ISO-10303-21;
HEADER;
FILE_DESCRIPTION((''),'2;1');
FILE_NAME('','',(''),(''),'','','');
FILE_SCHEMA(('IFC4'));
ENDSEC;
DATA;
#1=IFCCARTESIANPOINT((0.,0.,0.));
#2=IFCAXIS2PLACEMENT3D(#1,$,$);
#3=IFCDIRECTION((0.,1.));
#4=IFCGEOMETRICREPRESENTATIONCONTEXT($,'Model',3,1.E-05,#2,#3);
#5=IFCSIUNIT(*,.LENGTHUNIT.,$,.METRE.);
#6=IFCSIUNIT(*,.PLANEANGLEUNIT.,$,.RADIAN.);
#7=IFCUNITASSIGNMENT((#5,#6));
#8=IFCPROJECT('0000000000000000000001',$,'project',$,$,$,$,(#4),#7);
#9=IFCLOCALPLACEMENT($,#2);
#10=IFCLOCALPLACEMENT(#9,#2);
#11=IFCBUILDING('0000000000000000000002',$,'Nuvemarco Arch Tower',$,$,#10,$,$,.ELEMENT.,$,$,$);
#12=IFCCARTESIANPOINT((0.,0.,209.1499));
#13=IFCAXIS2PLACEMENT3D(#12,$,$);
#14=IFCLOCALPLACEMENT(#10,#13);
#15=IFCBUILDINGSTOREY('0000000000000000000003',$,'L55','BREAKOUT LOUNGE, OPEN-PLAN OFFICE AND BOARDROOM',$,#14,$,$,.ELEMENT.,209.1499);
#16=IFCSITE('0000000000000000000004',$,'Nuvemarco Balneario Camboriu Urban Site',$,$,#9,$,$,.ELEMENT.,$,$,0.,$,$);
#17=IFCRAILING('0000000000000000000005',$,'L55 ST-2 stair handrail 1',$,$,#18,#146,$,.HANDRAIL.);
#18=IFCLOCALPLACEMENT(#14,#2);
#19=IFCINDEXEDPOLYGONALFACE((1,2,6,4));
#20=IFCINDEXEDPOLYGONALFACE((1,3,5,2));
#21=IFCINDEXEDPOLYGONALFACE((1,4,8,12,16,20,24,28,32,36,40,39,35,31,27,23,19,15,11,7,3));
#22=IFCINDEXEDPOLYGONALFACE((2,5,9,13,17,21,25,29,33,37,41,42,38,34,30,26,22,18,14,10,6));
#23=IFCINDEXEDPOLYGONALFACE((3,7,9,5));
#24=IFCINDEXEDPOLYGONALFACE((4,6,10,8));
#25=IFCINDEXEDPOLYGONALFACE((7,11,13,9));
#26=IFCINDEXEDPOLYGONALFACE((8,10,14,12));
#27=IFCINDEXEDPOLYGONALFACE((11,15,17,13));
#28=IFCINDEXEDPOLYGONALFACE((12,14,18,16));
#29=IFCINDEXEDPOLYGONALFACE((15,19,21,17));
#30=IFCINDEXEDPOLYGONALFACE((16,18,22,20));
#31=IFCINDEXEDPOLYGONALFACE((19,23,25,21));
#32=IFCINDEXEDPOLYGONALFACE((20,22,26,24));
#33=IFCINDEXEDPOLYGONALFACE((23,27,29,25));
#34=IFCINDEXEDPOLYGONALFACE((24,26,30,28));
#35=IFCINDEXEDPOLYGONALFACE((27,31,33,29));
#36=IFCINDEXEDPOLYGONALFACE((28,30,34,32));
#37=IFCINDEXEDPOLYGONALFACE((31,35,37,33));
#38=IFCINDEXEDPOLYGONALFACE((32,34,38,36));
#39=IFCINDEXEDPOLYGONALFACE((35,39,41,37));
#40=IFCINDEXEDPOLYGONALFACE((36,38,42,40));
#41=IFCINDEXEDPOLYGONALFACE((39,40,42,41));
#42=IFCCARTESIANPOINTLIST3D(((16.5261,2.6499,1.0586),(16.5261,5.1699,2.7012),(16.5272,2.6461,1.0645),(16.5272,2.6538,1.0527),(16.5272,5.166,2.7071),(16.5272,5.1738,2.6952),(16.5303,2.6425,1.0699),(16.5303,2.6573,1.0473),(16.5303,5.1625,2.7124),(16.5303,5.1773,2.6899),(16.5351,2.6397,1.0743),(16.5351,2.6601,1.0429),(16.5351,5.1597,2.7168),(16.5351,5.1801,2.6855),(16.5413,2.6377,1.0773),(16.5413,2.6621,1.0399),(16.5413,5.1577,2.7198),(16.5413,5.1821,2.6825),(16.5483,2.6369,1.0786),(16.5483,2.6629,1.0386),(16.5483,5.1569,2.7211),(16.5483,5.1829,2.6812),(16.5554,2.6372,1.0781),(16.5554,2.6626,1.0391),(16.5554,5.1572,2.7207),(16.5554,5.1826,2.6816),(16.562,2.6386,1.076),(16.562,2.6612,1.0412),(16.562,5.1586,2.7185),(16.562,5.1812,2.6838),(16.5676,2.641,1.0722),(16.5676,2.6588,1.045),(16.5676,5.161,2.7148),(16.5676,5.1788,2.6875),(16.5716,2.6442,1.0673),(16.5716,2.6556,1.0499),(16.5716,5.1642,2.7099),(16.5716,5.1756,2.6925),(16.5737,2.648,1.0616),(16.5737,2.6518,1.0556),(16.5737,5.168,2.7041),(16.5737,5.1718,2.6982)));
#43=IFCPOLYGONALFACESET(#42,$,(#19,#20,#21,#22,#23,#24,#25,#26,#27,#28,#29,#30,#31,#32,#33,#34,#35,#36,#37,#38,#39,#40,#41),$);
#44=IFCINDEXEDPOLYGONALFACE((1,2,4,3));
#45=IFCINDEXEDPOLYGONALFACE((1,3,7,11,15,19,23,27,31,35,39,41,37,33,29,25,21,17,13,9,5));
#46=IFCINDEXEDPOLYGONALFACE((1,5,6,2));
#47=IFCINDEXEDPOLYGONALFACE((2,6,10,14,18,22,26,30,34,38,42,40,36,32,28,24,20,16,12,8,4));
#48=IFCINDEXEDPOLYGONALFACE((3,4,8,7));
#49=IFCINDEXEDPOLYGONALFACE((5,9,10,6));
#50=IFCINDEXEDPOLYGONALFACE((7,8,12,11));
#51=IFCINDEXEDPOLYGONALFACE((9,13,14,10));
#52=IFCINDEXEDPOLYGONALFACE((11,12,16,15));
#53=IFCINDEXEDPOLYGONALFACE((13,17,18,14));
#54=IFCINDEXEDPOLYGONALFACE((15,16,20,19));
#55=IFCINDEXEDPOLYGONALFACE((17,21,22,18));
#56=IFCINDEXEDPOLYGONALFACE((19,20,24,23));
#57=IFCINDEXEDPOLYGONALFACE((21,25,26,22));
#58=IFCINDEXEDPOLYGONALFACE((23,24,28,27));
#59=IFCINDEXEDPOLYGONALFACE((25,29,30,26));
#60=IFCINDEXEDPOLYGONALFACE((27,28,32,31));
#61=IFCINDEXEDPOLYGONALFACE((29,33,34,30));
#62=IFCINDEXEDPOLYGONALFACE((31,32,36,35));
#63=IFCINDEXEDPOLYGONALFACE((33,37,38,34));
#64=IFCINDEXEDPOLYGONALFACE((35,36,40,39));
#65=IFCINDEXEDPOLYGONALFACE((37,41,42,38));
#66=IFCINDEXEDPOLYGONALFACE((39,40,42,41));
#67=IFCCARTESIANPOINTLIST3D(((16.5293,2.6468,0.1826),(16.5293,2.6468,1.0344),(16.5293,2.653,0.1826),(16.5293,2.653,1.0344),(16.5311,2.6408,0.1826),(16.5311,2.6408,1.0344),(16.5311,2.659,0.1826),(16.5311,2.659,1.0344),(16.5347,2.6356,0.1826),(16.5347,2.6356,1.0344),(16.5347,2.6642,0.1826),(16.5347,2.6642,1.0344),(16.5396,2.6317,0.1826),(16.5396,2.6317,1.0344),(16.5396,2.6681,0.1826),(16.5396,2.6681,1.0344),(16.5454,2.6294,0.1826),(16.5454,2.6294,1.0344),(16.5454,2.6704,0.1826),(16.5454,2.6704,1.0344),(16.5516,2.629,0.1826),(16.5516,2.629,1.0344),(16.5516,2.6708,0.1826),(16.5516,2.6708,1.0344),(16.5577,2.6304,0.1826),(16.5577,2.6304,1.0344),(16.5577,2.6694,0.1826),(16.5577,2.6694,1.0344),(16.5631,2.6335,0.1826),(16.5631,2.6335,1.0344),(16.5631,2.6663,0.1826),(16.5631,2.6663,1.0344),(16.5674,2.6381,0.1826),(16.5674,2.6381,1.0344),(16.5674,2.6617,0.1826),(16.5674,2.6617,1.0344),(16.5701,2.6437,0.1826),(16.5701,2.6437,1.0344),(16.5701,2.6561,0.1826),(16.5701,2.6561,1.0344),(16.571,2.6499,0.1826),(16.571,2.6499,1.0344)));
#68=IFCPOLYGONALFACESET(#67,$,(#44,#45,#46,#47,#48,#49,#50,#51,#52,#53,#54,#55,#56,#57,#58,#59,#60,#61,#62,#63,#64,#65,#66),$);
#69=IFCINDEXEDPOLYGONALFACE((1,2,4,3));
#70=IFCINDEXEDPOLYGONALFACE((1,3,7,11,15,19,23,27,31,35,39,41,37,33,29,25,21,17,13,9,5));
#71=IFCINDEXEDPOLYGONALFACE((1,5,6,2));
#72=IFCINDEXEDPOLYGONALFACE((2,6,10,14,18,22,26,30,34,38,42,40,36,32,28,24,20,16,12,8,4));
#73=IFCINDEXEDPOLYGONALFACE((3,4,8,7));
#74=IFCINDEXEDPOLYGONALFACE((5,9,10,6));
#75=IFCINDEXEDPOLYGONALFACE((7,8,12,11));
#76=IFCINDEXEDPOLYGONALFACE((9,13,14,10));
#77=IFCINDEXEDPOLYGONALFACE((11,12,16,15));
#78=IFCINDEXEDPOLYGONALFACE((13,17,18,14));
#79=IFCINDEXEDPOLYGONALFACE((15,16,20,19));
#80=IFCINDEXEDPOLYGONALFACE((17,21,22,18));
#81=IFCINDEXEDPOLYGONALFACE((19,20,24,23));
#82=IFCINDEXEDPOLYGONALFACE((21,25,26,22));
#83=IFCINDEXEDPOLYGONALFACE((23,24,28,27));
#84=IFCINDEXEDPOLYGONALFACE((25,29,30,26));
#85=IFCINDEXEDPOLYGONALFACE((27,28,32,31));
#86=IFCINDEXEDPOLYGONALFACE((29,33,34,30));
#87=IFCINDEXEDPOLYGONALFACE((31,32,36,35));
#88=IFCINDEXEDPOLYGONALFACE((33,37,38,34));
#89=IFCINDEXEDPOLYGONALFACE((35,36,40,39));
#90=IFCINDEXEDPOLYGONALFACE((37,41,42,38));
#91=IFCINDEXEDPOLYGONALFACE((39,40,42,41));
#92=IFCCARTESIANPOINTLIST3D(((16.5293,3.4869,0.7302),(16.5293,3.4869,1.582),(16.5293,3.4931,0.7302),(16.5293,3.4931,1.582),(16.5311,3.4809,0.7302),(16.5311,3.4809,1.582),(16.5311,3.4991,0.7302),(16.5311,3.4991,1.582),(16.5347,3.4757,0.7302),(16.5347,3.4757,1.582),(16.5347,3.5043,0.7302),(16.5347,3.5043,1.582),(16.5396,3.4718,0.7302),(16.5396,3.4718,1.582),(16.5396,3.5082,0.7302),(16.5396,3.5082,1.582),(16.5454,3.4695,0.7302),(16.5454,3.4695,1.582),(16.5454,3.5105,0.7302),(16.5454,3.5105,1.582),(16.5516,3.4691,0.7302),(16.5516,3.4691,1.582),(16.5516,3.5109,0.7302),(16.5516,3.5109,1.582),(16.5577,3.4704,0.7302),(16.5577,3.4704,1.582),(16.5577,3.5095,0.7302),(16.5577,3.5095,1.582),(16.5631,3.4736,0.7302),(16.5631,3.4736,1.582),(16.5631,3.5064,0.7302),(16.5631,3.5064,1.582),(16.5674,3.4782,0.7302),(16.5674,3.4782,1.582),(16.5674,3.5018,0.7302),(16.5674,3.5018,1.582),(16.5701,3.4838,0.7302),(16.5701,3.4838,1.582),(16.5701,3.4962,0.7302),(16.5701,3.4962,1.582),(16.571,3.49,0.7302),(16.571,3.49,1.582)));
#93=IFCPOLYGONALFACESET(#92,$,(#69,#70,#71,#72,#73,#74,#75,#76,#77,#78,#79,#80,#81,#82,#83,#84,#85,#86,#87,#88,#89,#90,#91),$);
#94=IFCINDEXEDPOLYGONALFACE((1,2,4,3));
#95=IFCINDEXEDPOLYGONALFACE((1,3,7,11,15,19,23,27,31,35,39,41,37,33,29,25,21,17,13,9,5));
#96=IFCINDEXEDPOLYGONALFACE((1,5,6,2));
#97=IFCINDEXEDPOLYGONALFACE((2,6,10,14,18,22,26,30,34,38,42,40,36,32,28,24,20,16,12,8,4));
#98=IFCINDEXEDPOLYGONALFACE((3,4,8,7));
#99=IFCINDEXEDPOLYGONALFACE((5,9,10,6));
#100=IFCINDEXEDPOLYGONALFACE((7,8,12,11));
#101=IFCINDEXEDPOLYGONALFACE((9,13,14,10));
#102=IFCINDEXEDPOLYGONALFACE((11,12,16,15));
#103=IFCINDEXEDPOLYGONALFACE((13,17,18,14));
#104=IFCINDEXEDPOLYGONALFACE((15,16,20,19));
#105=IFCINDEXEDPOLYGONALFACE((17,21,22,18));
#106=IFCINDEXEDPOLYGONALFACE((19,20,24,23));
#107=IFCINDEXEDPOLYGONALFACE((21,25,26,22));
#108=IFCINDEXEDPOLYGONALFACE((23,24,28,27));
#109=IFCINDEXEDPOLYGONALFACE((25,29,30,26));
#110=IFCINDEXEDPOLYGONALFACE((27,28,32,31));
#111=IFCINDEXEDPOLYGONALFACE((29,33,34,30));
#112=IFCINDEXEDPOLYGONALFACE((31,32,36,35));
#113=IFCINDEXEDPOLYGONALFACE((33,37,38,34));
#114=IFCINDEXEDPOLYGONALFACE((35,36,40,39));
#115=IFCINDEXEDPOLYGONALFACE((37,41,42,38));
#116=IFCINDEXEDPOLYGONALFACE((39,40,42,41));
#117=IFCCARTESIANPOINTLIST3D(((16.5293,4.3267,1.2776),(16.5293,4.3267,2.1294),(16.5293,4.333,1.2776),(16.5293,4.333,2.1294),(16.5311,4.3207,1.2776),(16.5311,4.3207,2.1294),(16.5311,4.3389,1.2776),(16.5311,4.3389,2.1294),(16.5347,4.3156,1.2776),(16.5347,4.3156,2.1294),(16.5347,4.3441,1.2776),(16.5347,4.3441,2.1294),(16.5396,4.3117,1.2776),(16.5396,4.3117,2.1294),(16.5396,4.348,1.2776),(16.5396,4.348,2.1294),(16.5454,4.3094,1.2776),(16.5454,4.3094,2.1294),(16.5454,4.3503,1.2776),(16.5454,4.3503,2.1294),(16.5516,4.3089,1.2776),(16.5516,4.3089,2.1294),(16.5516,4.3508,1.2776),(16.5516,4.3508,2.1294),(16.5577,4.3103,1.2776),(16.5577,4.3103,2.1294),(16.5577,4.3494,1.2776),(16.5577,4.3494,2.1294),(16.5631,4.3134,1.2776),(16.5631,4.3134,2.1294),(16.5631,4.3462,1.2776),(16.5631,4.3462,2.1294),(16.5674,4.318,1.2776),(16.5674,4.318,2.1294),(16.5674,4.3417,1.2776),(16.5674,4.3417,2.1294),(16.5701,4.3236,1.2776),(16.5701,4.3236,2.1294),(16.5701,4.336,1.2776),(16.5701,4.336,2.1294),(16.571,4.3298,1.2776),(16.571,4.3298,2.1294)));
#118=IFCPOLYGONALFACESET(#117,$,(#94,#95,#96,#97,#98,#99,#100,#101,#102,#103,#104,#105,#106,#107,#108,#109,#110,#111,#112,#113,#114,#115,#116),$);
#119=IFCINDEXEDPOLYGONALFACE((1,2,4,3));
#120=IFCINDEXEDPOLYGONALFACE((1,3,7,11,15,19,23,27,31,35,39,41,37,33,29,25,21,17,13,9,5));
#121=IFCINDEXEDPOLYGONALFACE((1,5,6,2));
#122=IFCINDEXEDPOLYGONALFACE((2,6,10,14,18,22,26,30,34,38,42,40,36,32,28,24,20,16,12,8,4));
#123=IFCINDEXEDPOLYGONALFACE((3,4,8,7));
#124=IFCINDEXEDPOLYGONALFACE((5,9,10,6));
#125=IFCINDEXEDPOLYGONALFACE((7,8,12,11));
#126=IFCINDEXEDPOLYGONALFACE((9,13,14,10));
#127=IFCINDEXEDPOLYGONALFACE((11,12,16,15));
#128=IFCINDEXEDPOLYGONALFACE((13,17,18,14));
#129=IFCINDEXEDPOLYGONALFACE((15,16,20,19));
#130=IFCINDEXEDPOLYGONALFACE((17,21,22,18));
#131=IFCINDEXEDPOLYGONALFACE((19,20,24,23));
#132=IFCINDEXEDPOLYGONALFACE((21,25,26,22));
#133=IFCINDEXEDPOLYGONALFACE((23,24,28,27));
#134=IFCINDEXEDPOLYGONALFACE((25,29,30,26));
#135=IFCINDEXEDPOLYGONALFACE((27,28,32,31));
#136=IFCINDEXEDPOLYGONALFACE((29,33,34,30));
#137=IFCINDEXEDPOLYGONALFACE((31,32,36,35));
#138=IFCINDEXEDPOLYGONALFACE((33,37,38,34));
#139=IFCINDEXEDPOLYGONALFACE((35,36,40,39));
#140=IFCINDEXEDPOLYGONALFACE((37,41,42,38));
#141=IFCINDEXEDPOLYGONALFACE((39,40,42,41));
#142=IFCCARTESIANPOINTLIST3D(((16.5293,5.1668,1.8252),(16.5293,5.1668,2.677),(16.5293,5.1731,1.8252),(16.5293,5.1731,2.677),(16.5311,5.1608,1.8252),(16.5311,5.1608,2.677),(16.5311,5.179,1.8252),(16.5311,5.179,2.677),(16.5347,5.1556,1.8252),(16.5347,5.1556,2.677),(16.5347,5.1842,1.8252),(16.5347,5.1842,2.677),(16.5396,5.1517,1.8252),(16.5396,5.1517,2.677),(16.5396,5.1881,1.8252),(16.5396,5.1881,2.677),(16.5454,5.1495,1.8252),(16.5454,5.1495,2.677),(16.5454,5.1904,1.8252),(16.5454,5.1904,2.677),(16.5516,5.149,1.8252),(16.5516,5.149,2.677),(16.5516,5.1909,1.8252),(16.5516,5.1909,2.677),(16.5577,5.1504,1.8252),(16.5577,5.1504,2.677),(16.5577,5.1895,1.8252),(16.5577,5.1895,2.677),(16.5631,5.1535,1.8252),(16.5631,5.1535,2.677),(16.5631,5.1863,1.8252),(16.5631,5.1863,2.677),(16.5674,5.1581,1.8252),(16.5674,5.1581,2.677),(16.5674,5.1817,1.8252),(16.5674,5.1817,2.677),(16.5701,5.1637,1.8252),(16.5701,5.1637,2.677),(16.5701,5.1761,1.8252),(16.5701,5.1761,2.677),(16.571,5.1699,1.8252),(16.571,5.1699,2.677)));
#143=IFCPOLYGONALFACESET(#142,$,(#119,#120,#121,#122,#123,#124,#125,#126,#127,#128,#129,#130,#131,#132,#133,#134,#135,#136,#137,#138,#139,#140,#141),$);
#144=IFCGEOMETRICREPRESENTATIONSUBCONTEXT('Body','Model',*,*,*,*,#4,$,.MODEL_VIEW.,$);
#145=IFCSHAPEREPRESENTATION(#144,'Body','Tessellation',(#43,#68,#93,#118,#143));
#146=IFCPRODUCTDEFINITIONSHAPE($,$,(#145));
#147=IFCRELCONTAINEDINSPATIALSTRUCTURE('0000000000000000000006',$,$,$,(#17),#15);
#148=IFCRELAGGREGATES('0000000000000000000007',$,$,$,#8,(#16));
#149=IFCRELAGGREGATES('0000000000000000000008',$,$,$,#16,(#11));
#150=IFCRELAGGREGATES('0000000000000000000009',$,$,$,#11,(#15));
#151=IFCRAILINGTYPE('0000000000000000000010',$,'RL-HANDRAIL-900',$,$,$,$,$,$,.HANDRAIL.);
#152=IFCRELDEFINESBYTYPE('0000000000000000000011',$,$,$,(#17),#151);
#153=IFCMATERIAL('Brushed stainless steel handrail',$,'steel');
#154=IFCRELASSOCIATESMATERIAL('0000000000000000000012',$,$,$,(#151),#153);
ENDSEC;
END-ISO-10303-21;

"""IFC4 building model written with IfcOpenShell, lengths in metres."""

from ifc_helpers import new_model, si_unit, direction, frame, origin, origin_2d, place, context, subcontext, project, spatial, circle, extrude, material, type_object, element, save


model = new_model("IFC4")

# Units and contexts
model_context = context("Model", 3, precision=1e-05, world=origin(), true_north=direction((0.0, 1.0)))
body_context = subcontext(model_context, "Body", "Model", "MODEL_VIEW")
ifc_project = project(units=[si_unit("LENGTHUNIT", "METRE"), si_unit("PLANEANGLEUNIT", "RADIAN")], contexts=[model_context])

# Site, building, storey
site_placement = place(None, origin())
site = spatial("IfcSite", under=ifc_project, at=site_placement, Name="Nuvemarco Balneario Camboriu Urban Site", CompositionType="ELEMENT", RefElevation=0.0)
building_placement = place(site_placement, origin())
building = spatial("IfcBuilding", under=site, at=building_placement, Name="Nuvemarco Arch Tower", CompositionType="ELEMENT")
storey_placement = place(building_placement, frame((0.0, 0.0, 209.1499)))
storey = spatial("IfcBuildingStorey", under=building, at=storey_placement, Name="L55", Description="BREAKOUT LOUNGE, OPEN-PLAN OFFICE AND BOARDROOM", CompositionType="ELEMENT", Elevation=209.1499)

# Railing
ifc_material_1 = material(Name="Brushed stainless steel handrail", Category="steel")
railing_type_1 = type_object("IfcRailingType", Name="RL-HANDRAIL-900", PredefinedType="HANDRAIL", material=ifc_material_1)
railing_1_placement = place(storey_placement, frame((16.55, 2.6499, 0.1826)))
element("IfcRailing", 1, at=railing_1_placement, inside=storey, type_object=railing_type_1, Name="L55 ST-2 stair handrail 1", PredefinedType="HANDRAIL", context=body_context, shape_type="SweptSolid", body=[
    extrude(circle(Radius=0.0239, at=origin_2d()), frame((0.0, 0.0, 0.876), z_axis=(0.0, 0.837749, 0.546055), x_axis=(-1.0, 0.0, 0.0)), (0.0, 0.0, 1.0), 3.0081),
    extrude(circle(Radius=0.021, at=origin_2d()), origin(), (0.0, 0.0, 1.0), 0.8518),
    extrude(circle(Radius=0.021, at=origin_2d()), frame((0.0, 0.8401, 0.5476)), (0.0, 0.0, 1.0), 0.8518),
    extrude(circle(Radius=0.021, at=origin_2d()), frame((0.0, 1.6799, 1.095)), (0.0, 0.0, 1.0), 0.8518),
    extrude(circle(Radius=0.021, at=origin_2d()), frame((0.0, 2.52, 1.6426)), (0.0, 0.0, 1.0), 0.8518),
])

save(model, "model.ifc")
